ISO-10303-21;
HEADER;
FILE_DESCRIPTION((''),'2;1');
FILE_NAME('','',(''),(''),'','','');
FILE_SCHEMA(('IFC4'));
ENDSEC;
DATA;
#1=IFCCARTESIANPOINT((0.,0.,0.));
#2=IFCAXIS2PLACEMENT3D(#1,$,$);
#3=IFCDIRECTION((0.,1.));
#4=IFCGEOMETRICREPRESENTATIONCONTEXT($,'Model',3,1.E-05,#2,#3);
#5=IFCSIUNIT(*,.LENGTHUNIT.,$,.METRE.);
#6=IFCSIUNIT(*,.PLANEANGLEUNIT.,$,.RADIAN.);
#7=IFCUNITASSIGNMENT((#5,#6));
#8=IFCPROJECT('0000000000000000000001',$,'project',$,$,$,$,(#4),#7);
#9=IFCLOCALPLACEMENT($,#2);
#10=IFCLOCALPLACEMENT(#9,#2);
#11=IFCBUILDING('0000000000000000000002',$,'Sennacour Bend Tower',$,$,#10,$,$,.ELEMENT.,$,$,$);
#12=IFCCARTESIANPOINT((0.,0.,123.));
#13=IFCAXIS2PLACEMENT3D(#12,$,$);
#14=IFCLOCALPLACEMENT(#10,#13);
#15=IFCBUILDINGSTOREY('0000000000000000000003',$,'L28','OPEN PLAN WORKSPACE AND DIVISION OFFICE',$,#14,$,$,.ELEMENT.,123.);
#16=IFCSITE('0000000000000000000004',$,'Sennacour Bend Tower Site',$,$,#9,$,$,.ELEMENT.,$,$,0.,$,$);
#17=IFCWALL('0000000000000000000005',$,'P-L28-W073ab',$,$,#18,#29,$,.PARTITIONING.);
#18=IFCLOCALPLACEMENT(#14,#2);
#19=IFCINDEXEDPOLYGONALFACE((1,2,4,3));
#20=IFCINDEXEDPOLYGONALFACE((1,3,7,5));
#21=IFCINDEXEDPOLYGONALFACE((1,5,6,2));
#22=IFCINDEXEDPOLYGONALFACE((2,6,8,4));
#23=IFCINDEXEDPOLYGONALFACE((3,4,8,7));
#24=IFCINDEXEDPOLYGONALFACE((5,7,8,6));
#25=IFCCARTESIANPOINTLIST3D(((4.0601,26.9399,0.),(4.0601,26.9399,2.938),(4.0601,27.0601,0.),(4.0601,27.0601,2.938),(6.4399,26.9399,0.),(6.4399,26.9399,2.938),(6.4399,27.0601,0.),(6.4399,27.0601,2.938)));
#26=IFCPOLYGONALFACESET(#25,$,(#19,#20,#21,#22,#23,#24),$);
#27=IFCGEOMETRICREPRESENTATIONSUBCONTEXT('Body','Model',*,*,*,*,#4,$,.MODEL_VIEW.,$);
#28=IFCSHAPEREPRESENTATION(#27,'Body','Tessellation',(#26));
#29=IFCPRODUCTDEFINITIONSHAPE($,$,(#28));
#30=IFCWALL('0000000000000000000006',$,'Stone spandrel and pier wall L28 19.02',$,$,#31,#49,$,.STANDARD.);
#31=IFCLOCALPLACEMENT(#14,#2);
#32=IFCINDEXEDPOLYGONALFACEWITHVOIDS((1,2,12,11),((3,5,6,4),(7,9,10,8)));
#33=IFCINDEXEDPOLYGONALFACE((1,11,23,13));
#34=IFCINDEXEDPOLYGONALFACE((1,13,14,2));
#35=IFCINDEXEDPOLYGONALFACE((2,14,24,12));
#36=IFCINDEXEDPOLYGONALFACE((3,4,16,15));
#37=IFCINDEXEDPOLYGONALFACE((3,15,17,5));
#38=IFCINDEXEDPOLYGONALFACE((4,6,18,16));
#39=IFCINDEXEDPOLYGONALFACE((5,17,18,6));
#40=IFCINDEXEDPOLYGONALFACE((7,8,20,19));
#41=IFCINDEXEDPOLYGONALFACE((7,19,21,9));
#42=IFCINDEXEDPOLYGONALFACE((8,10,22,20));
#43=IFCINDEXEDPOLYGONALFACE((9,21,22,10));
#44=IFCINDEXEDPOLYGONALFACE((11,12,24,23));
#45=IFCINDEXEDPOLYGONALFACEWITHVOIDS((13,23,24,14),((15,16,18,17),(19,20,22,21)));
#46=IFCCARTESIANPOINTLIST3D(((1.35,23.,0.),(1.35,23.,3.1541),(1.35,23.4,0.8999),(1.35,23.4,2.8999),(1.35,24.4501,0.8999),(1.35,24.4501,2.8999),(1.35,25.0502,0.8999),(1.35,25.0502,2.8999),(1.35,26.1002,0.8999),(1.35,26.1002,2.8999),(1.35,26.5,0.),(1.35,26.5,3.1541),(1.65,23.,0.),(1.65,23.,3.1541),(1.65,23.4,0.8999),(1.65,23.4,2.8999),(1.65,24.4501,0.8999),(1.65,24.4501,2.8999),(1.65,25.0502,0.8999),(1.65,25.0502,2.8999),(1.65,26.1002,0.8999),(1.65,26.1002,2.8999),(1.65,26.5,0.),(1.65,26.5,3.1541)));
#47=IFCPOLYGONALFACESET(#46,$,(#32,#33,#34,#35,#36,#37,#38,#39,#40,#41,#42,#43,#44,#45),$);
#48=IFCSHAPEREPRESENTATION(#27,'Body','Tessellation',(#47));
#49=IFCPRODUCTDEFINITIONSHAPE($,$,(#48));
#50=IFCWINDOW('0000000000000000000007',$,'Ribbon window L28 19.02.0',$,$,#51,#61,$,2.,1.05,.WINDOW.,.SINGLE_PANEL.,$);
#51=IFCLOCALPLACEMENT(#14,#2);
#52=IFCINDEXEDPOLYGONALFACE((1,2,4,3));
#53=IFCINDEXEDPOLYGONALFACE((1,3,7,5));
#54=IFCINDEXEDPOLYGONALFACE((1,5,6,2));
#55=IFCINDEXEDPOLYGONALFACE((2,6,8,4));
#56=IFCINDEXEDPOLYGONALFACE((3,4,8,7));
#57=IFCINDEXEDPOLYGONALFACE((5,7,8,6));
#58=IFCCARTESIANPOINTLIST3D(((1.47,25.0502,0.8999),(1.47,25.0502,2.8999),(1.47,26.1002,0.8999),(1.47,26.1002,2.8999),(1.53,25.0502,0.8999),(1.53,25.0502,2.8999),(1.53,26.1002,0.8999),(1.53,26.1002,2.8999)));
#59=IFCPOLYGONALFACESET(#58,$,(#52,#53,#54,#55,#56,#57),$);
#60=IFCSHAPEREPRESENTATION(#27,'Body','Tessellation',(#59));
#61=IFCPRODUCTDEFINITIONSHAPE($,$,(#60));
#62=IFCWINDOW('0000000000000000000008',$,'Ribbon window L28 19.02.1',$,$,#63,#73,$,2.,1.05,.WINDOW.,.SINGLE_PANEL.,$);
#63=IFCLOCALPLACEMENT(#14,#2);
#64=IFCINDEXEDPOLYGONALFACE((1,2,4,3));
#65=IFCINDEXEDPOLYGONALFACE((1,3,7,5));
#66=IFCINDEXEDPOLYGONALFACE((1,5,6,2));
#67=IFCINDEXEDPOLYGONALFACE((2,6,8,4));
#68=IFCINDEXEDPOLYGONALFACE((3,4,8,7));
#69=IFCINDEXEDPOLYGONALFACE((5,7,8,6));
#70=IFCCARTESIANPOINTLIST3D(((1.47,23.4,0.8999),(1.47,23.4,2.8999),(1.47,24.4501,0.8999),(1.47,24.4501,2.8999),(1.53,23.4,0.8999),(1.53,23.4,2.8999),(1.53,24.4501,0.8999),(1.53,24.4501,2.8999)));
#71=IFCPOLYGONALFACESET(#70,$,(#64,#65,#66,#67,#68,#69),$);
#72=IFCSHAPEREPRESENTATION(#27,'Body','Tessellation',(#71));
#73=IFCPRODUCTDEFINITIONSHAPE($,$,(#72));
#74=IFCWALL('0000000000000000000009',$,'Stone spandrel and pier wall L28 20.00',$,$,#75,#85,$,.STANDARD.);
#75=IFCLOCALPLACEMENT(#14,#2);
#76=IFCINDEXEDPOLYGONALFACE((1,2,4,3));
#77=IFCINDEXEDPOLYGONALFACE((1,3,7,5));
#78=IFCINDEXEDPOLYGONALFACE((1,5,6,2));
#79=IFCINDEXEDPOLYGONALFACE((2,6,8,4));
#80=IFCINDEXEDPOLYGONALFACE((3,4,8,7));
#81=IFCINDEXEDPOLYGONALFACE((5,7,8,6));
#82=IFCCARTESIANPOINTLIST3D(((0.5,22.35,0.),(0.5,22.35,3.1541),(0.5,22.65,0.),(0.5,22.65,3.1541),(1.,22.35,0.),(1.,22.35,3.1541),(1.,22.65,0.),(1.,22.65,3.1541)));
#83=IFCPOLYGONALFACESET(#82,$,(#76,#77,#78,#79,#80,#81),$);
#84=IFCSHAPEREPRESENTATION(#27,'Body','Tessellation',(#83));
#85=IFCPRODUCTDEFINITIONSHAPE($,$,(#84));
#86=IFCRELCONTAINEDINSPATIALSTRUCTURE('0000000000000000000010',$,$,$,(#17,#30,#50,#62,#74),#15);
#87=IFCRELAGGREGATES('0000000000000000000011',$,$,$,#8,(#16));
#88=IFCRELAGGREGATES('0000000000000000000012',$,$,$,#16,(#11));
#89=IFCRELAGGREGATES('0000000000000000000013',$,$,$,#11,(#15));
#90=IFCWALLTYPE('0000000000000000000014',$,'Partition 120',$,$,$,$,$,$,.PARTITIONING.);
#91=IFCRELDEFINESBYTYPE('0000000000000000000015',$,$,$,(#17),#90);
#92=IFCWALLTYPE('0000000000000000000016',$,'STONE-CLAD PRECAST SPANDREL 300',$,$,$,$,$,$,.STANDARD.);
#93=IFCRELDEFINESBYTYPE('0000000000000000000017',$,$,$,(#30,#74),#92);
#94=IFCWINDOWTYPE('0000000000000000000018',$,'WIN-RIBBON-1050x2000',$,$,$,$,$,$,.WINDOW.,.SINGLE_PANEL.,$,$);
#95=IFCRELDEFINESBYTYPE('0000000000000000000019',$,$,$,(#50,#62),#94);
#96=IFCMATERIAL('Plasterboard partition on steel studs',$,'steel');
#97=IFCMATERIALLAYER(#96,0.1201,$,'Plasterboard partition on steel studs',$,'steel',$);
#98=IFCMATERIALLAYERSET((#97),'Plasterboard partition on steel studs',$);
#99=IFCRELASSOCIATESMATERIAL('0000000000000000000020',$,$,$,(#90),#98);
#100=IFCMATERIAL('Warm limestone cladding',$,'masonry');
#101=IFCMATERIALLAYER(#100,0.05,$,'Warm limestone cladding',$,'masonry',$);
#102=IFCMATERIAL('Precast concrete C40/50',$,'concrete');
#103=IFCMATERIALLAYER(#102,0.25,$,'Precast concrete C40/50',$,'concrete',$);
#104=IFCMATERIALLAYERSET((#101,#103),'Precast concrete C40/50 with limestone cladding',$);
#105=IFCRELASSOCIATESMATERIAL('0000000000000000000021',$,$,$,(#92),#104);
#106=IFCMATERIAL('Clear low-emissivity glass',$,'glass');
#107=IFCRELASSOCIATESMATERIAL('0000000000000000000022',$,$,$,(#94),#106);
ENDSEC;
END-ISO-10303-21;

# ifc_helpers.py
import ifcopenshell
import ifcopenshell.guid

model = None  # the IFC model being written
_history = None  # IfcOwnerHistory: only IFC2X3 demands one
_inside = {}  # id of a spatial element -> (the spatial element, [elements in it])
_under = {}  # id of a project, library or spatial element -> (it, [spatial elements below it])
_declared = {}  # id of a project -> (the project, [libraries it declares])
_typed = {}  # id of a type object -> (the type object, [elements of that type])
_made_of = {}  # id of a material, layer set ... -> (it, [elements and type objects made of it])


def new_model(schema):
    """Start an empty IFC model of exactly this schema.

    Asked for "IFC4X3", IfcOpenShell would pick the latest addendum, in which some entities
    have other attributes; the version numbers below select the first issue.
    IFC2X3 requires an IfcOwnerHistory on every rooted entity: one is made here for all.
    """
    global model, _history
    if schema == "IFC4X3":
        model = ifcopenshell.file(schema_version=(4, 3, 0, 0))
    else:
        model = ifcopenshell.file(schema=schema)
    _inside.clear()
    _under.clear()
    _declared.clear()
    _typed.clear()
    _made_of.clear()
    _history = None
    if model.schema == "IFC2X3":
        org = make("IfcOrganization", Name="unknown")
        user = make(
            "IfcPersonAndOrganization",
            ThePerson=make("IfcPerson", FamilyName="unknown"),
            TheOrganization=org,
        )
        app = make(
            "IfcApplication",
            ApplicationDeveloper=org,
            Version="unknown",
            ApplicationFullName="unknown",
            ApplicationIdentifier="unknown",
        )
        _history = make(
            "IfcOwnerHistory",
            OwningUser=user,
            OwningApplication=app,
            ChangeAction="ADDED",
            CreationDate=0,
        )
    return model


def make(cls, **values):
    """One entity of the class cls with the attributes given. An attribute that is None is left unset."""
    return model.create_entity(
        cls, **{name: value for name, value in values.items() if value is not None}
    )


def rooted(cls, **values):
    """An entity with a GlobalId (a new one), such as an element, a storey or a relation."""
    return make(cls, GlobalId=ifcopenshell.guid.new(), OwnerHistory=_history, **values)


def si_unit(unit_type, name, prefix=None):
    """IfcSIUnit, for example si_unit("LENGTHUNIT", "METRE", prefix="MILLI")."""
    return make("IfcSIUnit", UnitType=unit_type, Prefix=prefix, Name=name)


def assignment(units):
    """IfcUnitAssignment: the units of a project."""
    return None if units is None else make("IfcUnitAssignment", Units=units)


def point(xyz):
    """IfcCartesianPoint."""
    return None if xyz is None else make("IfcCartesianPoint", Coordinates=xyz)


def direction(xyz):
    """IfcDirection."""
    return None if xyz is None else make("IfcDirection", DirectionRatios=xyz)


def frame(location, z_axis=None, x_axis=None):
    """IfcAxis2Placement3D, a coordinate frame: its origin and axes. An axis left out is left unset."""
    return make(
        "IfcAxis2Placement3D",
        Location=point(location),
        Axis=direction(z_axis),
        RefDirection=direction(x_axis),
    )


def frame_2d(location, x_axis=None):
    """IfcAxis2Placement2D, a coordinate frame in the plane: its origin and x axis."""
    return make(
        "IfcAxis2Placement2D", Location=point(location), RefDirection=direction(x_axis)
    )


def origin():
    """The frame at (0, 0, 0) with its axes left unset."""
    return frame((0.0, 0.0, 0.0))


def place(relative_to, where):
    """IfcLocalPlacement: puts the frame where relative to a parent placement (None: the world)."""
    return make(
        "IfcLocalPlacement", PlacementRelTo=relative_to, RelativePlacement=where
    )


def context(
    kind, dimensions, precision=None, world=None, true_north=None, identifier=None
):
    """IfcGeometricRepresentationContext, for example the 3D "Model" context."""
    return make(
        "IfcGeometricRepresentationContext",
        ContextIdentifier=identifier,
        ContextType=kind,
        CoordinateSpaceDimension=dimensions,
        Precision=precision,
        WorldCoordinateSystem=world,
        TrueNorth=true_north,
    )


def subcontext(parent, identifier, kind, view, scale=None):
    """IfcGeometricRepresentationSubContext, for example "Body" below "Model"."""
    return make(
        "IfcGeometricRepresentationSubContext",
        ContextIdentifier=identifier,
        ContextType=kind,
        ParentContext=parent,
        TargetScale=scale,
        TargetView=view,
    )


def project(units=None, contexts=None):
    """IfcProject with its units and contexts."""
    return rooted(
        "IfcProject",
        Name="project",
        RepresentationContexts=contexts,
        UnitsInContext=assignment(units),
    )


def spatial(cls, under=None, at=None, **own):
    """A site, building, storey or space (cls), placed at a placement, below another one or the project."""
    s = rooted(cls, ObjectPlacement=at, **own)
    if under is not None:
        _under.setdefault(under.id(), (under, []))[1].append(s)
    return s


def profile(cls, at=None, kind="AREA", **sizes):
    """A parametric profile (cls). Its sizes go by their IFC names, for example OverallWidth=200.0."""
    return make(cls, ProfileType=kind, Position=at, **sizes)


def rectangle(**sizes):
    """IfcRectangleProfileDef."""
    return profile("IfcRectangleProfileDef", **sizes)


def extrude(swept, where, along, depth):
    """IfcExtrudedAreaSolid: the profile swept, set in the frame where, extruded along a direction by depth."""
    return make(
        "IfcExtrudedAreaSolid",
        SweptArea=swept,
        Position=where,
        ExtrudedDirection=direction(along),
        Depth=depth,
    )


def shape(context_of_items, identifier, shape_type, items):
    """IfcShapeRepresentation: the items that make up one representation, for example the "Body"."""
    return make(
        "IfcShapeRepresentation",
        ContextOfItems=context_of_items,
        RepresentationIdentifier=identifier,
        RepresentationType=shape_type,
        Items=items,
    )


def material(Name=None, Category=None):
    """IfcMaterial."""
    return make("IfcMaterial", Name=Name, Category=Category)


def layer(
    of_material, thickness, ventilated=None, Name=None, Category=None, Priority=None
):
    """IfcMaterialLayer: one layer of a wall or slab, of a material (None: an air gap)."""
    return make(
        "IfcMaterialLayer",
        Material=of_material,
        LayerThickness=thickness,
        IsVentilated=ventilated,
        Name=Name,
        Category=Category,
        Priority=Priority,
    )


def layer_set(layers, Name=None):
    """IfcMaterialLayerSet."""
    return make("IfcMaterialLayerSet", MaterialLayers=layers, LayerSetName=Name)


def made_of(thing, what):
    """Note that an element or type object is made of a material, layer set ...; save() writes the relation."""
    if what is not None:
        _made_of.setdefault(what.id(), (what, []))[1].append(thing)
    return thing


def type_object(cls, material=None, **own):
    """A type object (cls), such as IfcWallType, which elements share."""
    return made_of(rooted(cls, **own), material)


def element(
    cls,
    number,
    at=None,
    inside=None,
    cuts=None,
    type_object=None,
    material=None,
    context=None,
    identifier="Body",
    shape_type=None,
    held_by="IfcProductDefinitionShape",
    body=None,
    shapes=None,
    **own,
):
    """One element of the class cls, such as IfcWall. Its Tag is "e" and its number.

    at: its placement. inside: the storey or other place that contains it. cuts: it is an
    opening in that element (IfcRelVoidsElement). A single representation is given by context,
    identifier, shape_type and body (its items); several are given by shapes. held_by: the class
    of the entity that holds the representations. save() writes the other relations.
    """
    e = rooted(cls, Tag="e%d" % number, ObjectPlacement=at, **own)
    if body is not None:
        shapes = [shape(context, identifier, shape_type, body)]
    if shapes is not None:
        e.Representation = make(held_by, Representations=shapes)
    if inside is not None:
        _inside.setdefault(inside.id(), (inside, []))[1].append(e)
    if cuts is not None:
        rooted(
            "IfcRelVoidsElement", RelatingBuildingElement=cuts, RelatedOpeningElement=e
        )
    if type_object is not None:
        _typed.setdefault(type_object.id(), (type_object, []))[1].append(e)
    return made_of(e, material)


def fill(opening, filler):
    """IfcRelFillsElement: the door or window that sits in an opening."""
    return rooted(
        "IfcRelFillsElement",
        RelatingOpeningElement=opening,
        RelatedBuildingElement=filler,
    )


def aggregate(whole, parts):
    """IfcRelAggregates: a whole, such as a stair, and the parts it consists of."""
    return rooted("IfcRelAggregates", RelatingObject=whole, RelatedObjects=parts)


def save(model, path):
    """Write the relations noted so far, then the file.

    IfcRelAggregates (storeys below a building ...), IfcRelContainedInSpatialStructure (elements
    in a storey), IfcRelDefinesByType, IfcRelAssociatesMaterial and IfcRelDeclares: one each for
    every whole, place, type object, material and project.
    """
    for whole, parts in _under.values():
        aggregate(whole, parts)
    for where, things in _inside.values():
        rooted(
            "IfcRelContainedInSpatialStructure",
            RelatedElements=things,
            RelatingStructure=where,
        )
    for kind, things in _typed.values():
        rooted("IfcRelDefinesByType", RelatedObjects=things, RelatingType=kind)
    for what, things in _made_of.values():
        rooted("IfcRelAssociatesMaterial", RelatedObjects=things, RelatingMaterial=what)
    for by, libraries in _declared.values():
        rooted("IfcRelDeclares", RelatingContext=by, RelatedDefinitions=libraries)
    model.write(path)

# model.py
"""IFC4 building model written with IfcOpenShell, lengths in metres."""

from ifc_helpers import new_model, si_unit, direction, frame, frame_2d, origin, place, context, subcontext, project, spatial, rectangle, extrude, material, layer, layer_set, type_object, element, fill, save


model = new_model("IFC4")

# Units and contexts
model_context = context("Model", 3, precision=1e-05, world=origin(), true_north=direction((0.0, 1.0)))
body_context = subcontext(model_context, "Body", "Model", "MODEL_VIEW")
ifc_project = project(units=[si_unit("LENGTHUNIT", "METRE"), si_unit("PLANEANGLEUNIT", "RADIAN")], contexts=[model_context])

# Site, building, storey
site_placement = place(None, origin())
site = spatial("IfcSite", under=ifc_project, at=site_placement, Name="Sennacour Bend Tower Site", CompositionType="ELEMENT", RefElevation=0.0)
building_placement = place(site_placement, origin())
building = spatial("IfcBuilding", under=site, at=building_placement, Name="Sennacour Bend Tower", CompositionType="ELEMENT")
storey_placement = place(building_placement, frame((0.0, 0.0, 123.0)))
storey = spatial("IfcBuildingStorey", under=building, at=storey_placement, Name="L28", Description="OPEN PLAN WORKSPACE AND DIVISION OFFICE", CompositionType="ELEMENT", Elevation=123.0)

# Wall
ifc_material_1 = material(Name="Plasterboard partition on steel studs", Category="steel")
ifc_layer_1 = layer(ifc_material_1, 0.1201, Name="Plasterboard partition on steel studs", Category="steel")
ifc_layer_set_1 = layer_set([ifc_layer_1], Name="Plasterboard partition on steel studs")
wall_type_1 = type_object("IfcWallType", Name="Partition 120", PredefinedType="PARTITIONING", material=ifc_layer_set_1)
wall_1_placement = place(storey_placement, frame((4.0601, 27.0, 0.0), z_axis=(0.0, 0.0, 1.0), x_axis=(1.0, 0.0, 0.0)))
element("IfcWall", 1, at=wall_1_placement, inside=storey, type_object=wall_type_1, Name="P-L28-W073ab", PredefinedType="PARTITIONING", context=body_context, shape_type="SweptSolid", body=[
    extrude(rectangle(XDim=2.3799, YDim=0.1201, at=frame_2d((1.1899, 0.0))), origin(), (0.0, 0.0, 1.0), 2.938),
])

# Wall, openings, windows
ifc_material_2 = material(Name="Warm limestone cladding", Category="masonry")
ifc_layer_2 = layer(ifc_material_2, 0.05, Name="Warm limestone cladding", Category="masonry")
ifc_material_3 = material(Name="Precast concrete C40/50", Category="concrete")
ifc_layer_3 = layer(ifc_material_3, 0.25, Name="Precast concrete C40/50", Category="concrete")
ifc_layer_set_2 = layer_set([ifc_layer_2, ifc_layer_3], Name="Precast concrete C40/50 with limestone cladding")
wall_type_2 = type_object("IfcWallType", Name="STONE-CLAD PRECAST SPANDREL 300", PredefinedType="STANDARD", material=ifc_layer_set_2)
wall_2_placement = place(storey_placement, frame((1.5, 26.5, 0.0), z_axis=(0.0, 0.0, 1.0), x_axis=(0.0, -1.0, 0.0)))
wall_2 = element("IfcWall", 2, at=wall_2_placement, inside=storey, type_object=wall_type_2, Name="Stone spandrel and pier wall L28 19.02", PredefinedType="STANDARD", context=body_context, shape_type="SweptSolid", body=[
    extrude(rectangle(XDim=3.5, YDim=0.3, at=frame_2d((1.75, 0.0))), origin(), (0.0, 0.0, 1.0), 3.1541),
])
opening_1_placement = place(wall_2_placement, frame((0.3999, 0.0, 0.8999)))
opening_1 = element("IfcOpeningElement", 3, at=opening_1_placement, cuts=wall_2, PredefinedType="OPENING", context=body_context, shape_type="SweptSolid", body=[
    extrude(rectangle(XDim=1.05, YDim=2.0, at=frame_2d((0.5249, 1.0))), frame((0.0, 0.1602, 0.0), z_axis=(0.0, -1.0, 0.0), x_axis=(1.0, 0.0, 0.0)), (0.0, 0.0, 1.0), 0.3201),
])
opening_2_placement = place(wall_2_placement, frame((2.05, 0.0, 0.8999)))
opening_2 = element("IfcOpeningElement", 4, at=opening_2_placement, cuts=wall_2, PredefinedType="OPENING", context=body_context, shape_type="SweptSolid", body=[
    extrude(rectangle(XDim=1.05, YDim=2.0, at=frame_2d((0.5249, 1.0))), frame((0.0, 0.1602, 0.0), z_axis=(0.0, -1.0, 0.0), x_axis=(1.0, 0.0, 0.0)), (0.0, 0.0, 1.0), 0.3201),
])
ifc_material_4 = material(Name="Clear low-emissivity glass", Category="glass")
window_type = type_object("IfcWindowType", Name="WIN-RIBBON-1050x2000", PartitioningType="SINGLE_PANEL", PredefinedType="WINDOW", material=ifc_material_4)
window_1_placement = place(opening_1_placement, origin())
window_1 = element("IfcWindow", 5, at=window_1_placement, inside=storey, type_object=window_type, Name="Ribbon window L28 19.02.0", OverallHeight=2.0, OverallWidth=1.05, PartitioningType="SINGLE_PANEL", PredefinedType="WINDOW", context=body_context, shape_type="SweptSolid", body=[
    extrude(rectangle(XDim=1.05, YDim=2.0, at=frame_2d((0.5249, 1.0))), frame((0.0, 0.03, 0.0), z_axis=(0.0, -1.0, 0.0), x_axis=(1.0, 0.0, 0.0)), (0.0, 0.0, 1.0), 0.0601),
])
fill(opening_1, window_1)
window_2_placement = place(opening_2_placement, origin())
window_2 = element("IfcWindow", 6, at=window_2_placement, inside=storey, type_object=window_type, Name="Ribbon window L28 19.02.1", OverallHeight=2.0, OverallWidth=1.05, PartitioningType="SINGLE_PANEL", PredefinedType="WINDOW", context=body_context, shape_type="SweptSolid", body=[
    extrude(rectangle(XDim=1.05, YDim=2.0, at=frame_2d((0.5249, 1.0))), frame((0.0, 0.03, 0.0), z_axis=(0.0, -1.0, 0.0), x_axis=(1.0, 0.0, 0.0)), (0.0, 0.0, 1.0), 0.0601),
])
fill(opening_2, window_2)

# Wall
wall_3_placement = place(storey_placement, frame((1.0, 22.5, 0.0), z_axis=(0.0, 0.0, 1.0), x_axis=(-1.0, 0.0, 0.0)))
element("IfcWall", 7, at=wall_3_placement, inside=storey, type_object=wall_type_2, Name="Stone spandrel and pier wall L28 20.00", PredefinedType="STANDARD", context=body_context, shape_type="SweptSolid", body=[
    extrude(rectangle(XDim=0.5, YDim=0.3, at=frame_2d((0.25, 0.0))), origin(), (0.0, 0.0, 1.0), 3.1541),
])

save(model, "model.ifc")
